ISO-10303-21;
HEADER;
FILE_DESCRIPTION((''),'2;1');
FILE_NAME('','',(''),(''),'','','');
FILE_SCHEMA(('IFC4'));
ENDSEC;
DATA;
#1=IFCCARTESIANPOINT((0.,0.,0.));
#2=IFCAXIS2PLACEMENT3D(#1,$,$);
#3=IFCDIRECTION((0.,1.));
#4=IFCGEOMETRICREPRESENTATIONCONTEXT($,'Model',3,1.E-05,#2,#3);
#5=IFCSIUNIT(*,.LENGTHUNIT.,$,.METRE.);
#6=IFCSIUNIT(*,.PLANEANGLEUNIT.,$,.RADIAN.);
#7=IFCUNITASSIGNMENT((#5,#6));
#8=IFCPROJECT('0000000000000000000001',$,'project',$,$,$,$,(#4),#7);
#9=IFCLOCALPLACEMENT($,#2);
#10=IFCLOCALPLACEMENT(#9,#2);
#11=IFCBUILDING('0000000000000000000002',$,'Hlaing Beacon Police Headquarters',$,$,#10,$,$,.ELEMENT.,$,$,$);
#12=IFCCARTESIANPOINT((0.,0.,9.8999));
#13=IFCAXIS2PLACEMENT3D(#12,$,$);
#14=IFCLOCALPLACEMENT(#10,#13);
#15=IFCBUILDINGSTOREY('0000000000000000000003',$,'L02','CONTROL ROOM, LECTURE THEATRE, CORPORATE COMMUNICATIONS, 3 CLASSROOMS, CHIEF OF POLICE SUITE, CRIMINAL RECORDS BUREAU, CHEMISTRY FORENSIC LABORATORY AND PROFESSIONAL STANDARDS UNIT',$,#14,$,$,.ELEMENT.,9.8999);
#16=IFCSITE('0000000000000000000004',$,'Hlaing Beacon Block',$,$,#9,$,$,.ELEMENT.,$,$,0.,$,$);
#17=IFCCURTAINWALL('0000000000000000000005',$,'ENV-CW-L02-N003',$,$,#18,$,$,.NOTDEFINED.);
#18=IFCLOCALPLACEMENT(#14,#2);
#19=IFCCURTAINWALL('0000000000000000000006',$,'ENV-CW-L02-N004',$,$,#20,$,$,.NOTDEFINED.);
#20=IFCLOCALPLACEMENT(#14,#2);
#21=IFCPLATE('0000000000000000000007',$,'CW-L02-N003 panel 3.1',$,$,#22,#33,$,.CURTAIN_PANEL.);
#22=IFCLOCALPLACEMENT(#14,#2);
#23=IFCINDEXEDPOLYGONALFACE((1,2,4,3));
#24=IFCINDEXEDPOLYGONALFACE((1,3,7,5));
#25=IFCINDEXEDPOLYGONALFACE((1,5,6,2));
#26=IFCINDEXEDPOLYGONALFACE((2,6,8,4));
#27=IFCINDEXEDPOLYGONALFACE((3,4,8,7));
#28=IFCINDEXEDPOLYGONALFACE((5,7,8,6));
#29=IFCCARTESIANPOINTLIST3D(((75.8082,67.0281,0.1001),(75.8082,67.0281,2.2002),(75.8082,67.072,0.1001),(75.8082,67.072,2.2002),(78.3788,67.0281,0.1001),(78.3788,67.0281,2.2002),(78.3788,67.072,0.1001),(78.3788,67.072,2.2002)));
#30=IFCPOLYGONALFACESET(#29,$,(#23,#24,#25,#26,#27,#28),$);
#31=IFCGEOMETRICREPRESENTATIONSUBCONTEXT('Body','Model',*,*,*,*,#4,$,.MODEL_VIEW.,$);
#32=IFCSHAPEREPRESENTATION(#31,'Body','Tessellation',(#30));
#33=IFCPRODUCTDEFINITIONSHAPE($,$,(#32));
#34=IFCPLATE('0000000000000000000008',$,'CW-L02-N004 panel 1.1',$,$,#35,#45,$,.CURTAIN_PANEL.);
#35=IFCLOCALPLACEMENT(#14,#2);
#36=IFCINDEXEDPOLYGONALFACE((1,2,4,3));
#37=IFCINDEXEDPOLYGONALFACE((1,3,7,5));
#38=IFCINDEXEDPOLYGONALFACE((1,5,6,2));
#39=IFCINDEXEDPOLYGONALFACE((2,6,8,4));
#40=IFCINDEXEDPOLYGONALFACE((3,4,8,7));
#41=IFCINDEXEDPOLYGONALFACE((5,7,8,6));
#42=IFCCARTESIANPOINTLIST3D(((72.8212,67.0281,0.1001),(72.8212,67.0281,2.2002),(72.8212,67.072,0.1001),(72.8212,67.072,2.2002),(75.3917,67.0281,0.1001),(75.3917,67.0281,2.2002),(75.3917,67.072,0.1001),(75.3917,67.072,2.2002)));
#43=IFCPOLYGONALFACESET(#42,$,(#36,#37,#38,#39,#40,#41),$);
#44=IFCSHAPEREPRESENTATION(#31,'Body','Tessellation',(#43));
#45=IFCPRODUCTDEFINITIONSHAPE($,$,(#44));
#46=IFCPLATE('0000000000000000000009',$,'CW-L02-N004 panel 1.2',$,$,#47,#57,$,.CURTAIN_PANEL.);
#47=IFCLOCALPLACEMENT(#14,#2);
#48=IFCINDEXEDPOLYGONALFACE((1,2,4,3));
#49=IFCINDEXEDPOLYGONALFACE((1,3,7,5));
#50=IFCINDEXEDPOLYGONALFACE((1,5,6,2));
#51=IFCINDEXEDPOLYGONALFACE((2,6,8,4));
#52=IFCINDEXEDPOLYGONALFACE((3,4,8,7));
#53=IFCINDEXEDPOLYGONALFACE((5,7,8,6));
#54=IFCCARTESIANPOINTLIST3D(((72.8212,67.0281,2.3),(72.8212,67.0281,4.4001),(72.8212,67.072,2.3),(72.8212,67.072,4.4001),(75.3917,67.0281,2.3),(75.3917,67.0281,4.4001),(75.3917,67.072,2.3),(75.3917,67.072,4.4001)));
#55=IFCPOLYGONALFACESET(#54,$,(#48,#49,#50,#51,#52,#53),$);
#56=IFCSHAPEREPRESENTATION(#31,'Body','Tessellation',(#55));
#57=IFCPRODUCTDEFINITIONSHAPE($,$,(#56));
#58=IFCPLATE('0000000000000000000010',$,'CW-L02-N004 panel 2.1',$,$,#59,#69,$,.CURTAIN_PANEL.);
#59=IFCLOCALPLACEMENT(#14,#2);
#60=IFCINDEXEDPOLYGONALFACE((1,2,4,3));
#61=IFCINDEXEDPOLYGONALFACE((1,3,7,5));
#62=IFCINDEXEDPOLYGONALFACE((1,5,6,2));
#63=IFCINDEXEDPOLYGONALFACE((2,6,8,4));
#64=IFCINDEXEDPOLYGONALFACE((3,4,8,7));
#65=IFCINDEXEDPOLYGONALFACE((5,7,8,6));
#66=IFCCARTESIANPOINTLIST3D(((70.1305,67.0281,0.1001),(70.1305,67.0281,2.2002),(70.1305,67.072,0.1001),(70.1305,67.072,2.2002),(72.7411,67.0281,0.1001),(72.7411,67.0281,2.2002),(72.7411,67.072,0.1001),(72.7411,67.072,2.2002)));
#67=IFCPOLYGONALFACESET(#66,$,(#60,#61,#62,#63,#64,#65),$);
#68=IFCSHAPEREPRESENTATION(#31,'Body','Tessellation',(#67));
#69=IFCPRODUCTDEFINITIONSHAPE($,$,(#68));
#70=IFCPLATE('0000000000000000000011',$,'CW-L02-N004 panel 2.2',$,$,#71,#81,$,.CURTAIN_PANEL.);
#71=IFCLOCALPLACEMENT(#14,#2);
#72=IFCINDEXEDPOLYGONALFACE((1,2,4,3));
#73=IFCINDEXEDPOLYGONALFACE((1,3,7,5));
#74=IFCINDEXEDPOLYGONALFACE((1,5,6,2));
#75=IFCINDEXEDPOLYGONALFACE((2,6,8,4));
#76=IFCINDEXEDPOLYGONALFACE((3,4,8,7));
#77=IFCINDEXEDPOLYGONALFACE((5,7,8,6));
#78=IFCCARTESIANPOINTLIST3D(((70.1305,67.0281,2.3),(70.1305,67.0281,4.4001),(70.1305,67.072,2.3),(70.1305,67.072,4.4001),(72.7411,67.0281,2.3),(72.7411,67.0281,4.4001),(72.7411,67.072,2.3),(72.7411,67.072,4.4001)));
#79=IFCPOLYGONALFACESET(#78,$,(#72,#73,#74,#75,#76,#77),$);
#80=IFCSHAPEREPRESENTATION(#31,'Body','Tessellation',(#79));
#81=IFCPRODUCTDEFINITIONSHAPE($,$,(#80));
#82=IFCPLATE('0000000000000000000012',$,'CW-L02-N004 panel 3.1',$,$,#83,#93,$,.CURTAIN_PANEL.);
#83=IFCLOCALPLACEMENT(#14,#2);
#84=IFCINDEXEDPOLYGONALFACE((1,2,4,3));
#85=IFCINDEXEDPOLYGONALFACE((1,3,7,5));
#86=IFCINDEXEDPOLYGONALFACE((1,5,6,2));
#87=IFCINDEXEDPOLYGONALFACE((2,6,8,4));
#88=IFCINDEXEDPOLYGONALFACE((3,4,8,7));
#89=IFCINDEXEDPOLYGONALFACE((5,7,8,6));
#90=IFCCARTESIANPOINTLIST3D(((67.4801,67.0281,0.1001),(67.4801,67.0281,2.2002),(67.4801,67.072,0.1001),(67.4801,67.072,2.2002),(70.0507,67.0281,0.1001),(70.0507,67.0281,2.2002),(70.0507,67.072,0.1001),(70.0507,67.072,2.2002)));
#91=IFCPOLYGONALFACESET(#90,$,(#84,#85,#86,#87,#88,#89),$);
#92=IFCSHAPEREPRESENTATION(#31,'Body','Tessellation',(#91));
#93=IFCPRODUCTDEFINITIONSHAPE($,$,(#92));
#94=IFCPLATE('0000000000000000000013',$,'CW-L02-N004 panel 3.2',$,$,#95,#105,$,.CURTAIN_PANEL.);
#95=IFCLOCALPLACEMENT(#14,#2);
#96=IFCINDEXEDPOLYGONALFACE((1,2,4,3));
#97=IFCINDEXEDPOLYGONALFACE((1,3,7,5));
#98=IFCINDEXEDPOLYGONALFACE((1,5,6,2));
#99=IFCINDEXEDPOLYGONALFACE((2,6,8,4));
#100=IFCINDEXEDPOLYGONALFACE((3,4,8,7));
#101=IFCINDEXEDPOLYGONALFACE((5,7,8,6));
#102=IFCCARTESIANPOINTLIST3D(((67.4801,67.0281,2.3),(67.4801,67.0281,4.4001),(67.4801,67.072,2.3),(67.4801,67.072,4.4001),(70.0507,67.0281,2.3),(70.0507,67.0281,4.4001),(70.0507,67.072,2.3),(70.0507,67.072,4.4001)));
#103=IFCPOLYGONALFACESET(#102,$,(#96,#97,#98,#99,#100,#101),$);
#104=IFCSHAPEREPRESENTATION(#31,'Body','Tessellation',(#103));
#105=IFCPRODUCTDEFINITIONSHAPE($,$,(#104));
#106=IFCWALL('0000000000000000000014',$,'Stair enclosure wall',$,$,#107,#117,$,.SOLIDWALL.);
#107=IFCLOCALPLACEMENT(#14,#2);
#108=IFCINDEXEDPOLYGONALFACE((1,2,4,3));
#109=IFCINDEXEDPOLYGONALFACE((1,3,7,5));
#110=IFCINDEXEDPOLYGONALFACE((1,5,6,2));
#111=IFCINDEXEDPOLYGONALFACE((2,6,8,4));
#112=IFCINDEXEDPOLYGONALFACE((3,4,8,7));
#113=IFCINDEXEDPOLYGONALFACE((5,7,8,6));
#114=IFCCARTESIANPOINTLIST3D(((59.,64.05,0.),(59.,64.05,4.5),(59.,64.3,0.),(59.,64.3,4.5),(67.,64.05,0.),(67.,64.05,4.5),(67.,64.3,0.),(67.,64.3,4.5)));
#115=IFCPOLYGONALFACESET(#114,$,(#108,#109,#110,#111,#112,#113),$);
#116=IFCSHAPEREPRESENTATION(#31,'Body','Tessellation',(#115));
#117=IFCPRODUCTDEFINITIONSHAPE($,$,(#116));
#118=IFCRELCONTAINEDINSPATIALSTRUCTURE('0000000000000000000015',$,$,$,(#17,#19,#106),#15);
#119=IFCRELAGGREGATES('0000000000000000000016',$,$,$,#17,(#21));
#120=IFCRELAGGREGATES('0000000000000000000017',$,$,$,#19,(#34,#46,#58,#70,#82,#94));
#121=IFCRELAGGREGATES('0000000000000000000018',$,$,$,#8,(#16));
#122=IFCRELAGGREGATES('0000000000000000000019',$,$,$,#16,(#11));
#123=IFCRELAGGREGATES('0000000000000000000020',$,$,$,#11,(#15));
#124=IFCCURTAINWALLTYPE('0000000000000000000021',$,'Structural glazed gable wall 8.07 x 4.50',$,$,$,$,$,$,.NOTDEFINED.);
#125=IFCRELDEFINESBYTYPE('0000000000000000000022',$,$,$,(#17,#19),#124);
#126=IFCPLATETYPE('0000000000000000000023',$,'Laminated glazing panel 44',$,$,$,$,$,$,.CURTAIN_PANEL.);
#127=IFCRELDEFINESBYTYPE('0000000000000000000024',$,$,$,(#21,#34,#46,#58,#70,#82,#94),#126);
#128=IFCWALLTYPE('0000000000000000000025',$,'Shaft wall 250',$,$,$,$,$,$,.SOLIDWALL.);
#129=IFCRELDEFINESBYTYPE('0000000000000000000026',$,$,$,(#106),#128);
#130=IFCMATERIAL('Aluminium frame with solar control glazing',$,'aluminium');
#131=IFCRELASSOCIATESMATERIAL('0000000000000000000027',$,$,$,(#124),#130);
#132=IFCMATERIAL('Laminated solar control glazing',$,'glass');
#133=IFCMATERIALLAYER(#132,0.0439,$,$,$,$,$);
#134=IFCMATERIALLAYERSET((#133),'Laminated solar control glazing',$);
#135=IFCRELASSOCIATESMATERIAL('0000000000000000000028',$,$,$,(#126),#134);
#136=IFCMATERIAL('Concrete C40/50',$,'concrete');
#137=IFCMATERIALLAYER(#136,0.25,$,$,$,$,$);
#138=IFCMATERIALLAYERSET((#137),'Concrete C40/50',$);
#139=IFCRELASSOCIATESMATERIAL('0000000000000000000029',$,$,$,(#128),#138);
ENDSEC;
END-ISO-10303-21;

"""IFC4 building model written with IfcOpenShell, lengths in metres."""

from ifc_helpers import new_model, si_unit, direction, frame, frame_2d, origin, origin_2d, place, context, subcontext, project, spatial, rectangle, extrude, material, layer, layer_set, type_object, element, aggregate, save


model = new_model("IFC4")

# Units and contexts
model_context = context("Model", 3, precision=1e-05, world=origin(), true_north=direction((0.0, 1.0)))
body_context = subcontext(model_context, "Body", "Model", "MODEL_VIEW")
ifc_project = project(units=[si_unit("LENGTHUNIT", "METRE"), si_unit("PLANEANGLEUNIT", "RADIAN")], contexts=[model_context])

# Site, building, storey
site_placement = place(None, origin())
site = spatial("IfcSite", under=ifc_project, at=site_placement, Name="Hlaing Beacon Block", CompositionType="ELEMENT", RefElevation=0.0)
building_placement = place(site_placement, origin())
building = spatial("IfcBuilding", under=site, at=building_placement, Name="Hlaing Beacon Police Headquarters", CompositionType="ELEMENT")
storey_placement = place(building_placement, frame((0.0, 0.0, 9.8999)))
storey = spatial("IfcBuildingStorey", under=building, at=storey_placement, Name="L02", Description="CONTROL ROOM, LECTURE THEATRE, CORPORATE COMMUNICATIONS, 3 CLASSROOMS, CHIEF OF POLICE SUITE, CRIMINAL RECORDS BUREAU, CHEMISTRY FORENSIC LABORATORY AND PROFESSIONAL STANDARDS UNIT", CompositionType="ELEMENT", Elevation=9.8999)

# Curtain wall
ifc_material_1 = material(Name="Aluminium frame with solar control glazing", Category="aluminium")
curtain_wall_type = type_object("IfcCurtainWallType", Name="Structural glazed gable wall 8.07 x 4.50", PredefinedType="NOTDEFINED", material=ifc_material_1)
curtain_wall_1_placement = place(storey_placement, origin())
curtain_wall_1 = element("IfcCurtainWall", 1, at=curtain_wall_1_placement, inside=storey, type_object=curtain_wall_type, Name="ENV-CW-L02-N003", PredefinedType="NOTDEFINED")

# Curtain wall
curtain_wall_2_placement = place(storey_placement, origin())
curtain_wall_2 = element("IfcCurtainWall", 2, at=curtain_wall_2_placement, inside=storey, type_object=curtain_wall_type, Name="ENV-CW-L02-N004", PredefinedType="NOTDEFINED")

# Plates
ifc_material_2 = material(Name="Laminated solar control glazing", Category="glass")
ifc_layer_1 = layer(ifc_material_2, 0.0439)
ifc_layer_set_1 = layer_set([ifc_layer_1], Name="Laminated solar control glazing")
plate_type = type_object("IfcPlateType", Name="Laminated glazing panel 44", PredefinedType="CURTAIN_PANEL", material=ifc_layer_set_1)
plate_1_placement = place(storey_placement, frame((77.0935, 67.05, 0.1001), z_axis=(0.0, 0.0, 1.0), x_axis=(-1.0, 0.0, 0.0)))
plate_1 = element("IfcPlate", 3, at=plate_1_placement, type_object=plate_type, Name="CW-L02-N003 panel 3.1", PredefinedType="CURTAIN_PANEL", context=body_context, shape_type="SweptSolid", body=[
    extrude(rectangle(XDim=2.5706, YDim=0.0439, at=origin_2d()), origin(), (0.0, 0.0, 1.0), 2.1001),
])
aggregate(curtain_wall_1, [plate_1])
plate_2_placement = place(storey_placement, frame((74.1064, 67.05, 0.1001), z_axis=(0.0, 0.0, 1.0), x_axis=(-1.0, 0.0, 0.0)))
plate_2 = element("IfcPlate", 4, at=plate_2_placement, type_object=plate_type, Name="CW-L02-N004 panel 1.1", PredefinedType="CURTAIN_PANEL", context=body_context, shape_type="SweptSolid", body=[
    extrude(rectangle(XDim=2.5706, YDim=0.0439, at=origin_2d()), origin(), (0.0, 0.0, 1.0), 2.1001),
])
plate_3_placement = place(storey_placement, frame((74.1064, 67.05, 2.3), z_axis=(0.0, 0.0, 1.0), x_axis=(-1.0, 0.0, 0.0)))
plate_3 = element("IfcPlate", 5, at=plate_3_placement, type_object=plate_type, Name="CW-L02-N004 panel 1.2", PredefinedType="CURTAIN_PANEL", context=body_context, shape_type="SweptSolid", body=[
    extrude(rectangle(XDim=2.5706, YDim=0.0439, at=origin_2d()), origin(), (0.0, 0.0, 1.0), 2.1001),
])
plate_4_placement = place(storey_placement, frame((71.4358, 67.05, 0.1001), z_axis=(0.0, 0.0, 1.0), x_axis=(-1.0, 0.0, 0.0)))
plate_4 = element("IfcPlate", 6, at=plate_4_placement, type_object=plate_type, Name="CW-L02-N004 panel 2.1", PredefinedType="CURTAIN_PANEL", context=body_context, shape_type="SweptSolid", body=[
    extrude(rectangle(XDim=2.6106, YDim=0.0439, at=origin_2d()), origin(), (0.0, 0.0, 1.0), 2.1001),
])
plate_5_placement = place(storey_placement, frame((71.4358, 67.05, 2.3), z_axis=(0.0, 0.0, 1.0), x_axis=(-1.0, 0.0, 0.0)))
plate_5 = element("IfcPlate", 7, at=plate_5_placement, type_object=plate_type, Name="CW-L02-N004 panel 2.2", PredefinedType="CURTAIN_PANEL", context=body_context, shape_type="SweptSolid", body=[
    extrude(rectangle(XDim=2.6106, YDim=0.0439, at=origin_2d()), origin(), (0.0, 0.0, 1.0), 2.1001),
])
plate_6_placement = place(storey_placement, frame((68.7654, 67.05, 0.1001), z_axis=(0.0, 0.0, 1.0), x_axis=(-1.0, 0.0, 0.0)))
plate_6 = element("IfcPlate", 8, at=plate_6_placement, type_object=plate_type, Name="CW-L02-N004 panel 3.1", PredefinedType="CURTAIN_PANEL", context=body_context, shape_type="SweptSolid", body=[
    extrude(rectangle(XDim=2.5706, YDim=0.0439, at=origin_2d()), origin(), (0.0, 0.0, 1.0), 2.1001),
])
plate_7_placement = place(storey_placement, frame((68.7654, 67.05, 2.3), z_axis=(0.0, 0.0, 1.0), x_axis=(-1.0, 0.0, 0.0)))
plate_7 = element("IfcPlate", 9, at=plate_7_placement, type_object=plate_type, Name="CW-L02-N004 panel 3.2", PredefinedType="CURTAIN_PANEL", context=body_context, shape_type="SweptSolid", body=[
    extrude(rectangle(XDim=2.5706, YDim=0.0439, at=origin_2d()), origin(), (0.0, 0.0, 1.0), 2.1001),
])
aggregate(curtain_wall_2, [plate_2, plate_3, plate_4, plate_5, plate_6, plate_7])

# Wall
ifc_material_3 = material(Name="Concrete C40/50", Category="concrete")
ifc_layer_2 = layer(ifc_material_3, 0.25)
ifc_layer_set_2 = layer_set([ifc_layer_2], Name="Concrete C40/50")
wall_type = type_object("IfcWallType", Name="Shaft wall 250", PredefinedType="SOLIDWALL", material=ifc_layer_set_2)
wall_placement = place(storey_placement, frame((67.0, 64.175, 0.0), z_axis=(0.0, 0.0, 1.0), x_axis=(-1.0, 0.0, 0.0)))
element("IfcWall", 10, at=wall_placement, inside=storey, type_object=wall_type, Name="Stair enclosure wall", PredefinedType="SOLIDWALL", context=body_context, shape_type="SweptSolid", body=[
    extrude(rectangle(XDim=8.0, YDim=0.25, at=frame_2d((4.0, 0.0))), origin(), (0.0, 0.0, 1.0), 4.5),
])

save(model, "model.ifc")
